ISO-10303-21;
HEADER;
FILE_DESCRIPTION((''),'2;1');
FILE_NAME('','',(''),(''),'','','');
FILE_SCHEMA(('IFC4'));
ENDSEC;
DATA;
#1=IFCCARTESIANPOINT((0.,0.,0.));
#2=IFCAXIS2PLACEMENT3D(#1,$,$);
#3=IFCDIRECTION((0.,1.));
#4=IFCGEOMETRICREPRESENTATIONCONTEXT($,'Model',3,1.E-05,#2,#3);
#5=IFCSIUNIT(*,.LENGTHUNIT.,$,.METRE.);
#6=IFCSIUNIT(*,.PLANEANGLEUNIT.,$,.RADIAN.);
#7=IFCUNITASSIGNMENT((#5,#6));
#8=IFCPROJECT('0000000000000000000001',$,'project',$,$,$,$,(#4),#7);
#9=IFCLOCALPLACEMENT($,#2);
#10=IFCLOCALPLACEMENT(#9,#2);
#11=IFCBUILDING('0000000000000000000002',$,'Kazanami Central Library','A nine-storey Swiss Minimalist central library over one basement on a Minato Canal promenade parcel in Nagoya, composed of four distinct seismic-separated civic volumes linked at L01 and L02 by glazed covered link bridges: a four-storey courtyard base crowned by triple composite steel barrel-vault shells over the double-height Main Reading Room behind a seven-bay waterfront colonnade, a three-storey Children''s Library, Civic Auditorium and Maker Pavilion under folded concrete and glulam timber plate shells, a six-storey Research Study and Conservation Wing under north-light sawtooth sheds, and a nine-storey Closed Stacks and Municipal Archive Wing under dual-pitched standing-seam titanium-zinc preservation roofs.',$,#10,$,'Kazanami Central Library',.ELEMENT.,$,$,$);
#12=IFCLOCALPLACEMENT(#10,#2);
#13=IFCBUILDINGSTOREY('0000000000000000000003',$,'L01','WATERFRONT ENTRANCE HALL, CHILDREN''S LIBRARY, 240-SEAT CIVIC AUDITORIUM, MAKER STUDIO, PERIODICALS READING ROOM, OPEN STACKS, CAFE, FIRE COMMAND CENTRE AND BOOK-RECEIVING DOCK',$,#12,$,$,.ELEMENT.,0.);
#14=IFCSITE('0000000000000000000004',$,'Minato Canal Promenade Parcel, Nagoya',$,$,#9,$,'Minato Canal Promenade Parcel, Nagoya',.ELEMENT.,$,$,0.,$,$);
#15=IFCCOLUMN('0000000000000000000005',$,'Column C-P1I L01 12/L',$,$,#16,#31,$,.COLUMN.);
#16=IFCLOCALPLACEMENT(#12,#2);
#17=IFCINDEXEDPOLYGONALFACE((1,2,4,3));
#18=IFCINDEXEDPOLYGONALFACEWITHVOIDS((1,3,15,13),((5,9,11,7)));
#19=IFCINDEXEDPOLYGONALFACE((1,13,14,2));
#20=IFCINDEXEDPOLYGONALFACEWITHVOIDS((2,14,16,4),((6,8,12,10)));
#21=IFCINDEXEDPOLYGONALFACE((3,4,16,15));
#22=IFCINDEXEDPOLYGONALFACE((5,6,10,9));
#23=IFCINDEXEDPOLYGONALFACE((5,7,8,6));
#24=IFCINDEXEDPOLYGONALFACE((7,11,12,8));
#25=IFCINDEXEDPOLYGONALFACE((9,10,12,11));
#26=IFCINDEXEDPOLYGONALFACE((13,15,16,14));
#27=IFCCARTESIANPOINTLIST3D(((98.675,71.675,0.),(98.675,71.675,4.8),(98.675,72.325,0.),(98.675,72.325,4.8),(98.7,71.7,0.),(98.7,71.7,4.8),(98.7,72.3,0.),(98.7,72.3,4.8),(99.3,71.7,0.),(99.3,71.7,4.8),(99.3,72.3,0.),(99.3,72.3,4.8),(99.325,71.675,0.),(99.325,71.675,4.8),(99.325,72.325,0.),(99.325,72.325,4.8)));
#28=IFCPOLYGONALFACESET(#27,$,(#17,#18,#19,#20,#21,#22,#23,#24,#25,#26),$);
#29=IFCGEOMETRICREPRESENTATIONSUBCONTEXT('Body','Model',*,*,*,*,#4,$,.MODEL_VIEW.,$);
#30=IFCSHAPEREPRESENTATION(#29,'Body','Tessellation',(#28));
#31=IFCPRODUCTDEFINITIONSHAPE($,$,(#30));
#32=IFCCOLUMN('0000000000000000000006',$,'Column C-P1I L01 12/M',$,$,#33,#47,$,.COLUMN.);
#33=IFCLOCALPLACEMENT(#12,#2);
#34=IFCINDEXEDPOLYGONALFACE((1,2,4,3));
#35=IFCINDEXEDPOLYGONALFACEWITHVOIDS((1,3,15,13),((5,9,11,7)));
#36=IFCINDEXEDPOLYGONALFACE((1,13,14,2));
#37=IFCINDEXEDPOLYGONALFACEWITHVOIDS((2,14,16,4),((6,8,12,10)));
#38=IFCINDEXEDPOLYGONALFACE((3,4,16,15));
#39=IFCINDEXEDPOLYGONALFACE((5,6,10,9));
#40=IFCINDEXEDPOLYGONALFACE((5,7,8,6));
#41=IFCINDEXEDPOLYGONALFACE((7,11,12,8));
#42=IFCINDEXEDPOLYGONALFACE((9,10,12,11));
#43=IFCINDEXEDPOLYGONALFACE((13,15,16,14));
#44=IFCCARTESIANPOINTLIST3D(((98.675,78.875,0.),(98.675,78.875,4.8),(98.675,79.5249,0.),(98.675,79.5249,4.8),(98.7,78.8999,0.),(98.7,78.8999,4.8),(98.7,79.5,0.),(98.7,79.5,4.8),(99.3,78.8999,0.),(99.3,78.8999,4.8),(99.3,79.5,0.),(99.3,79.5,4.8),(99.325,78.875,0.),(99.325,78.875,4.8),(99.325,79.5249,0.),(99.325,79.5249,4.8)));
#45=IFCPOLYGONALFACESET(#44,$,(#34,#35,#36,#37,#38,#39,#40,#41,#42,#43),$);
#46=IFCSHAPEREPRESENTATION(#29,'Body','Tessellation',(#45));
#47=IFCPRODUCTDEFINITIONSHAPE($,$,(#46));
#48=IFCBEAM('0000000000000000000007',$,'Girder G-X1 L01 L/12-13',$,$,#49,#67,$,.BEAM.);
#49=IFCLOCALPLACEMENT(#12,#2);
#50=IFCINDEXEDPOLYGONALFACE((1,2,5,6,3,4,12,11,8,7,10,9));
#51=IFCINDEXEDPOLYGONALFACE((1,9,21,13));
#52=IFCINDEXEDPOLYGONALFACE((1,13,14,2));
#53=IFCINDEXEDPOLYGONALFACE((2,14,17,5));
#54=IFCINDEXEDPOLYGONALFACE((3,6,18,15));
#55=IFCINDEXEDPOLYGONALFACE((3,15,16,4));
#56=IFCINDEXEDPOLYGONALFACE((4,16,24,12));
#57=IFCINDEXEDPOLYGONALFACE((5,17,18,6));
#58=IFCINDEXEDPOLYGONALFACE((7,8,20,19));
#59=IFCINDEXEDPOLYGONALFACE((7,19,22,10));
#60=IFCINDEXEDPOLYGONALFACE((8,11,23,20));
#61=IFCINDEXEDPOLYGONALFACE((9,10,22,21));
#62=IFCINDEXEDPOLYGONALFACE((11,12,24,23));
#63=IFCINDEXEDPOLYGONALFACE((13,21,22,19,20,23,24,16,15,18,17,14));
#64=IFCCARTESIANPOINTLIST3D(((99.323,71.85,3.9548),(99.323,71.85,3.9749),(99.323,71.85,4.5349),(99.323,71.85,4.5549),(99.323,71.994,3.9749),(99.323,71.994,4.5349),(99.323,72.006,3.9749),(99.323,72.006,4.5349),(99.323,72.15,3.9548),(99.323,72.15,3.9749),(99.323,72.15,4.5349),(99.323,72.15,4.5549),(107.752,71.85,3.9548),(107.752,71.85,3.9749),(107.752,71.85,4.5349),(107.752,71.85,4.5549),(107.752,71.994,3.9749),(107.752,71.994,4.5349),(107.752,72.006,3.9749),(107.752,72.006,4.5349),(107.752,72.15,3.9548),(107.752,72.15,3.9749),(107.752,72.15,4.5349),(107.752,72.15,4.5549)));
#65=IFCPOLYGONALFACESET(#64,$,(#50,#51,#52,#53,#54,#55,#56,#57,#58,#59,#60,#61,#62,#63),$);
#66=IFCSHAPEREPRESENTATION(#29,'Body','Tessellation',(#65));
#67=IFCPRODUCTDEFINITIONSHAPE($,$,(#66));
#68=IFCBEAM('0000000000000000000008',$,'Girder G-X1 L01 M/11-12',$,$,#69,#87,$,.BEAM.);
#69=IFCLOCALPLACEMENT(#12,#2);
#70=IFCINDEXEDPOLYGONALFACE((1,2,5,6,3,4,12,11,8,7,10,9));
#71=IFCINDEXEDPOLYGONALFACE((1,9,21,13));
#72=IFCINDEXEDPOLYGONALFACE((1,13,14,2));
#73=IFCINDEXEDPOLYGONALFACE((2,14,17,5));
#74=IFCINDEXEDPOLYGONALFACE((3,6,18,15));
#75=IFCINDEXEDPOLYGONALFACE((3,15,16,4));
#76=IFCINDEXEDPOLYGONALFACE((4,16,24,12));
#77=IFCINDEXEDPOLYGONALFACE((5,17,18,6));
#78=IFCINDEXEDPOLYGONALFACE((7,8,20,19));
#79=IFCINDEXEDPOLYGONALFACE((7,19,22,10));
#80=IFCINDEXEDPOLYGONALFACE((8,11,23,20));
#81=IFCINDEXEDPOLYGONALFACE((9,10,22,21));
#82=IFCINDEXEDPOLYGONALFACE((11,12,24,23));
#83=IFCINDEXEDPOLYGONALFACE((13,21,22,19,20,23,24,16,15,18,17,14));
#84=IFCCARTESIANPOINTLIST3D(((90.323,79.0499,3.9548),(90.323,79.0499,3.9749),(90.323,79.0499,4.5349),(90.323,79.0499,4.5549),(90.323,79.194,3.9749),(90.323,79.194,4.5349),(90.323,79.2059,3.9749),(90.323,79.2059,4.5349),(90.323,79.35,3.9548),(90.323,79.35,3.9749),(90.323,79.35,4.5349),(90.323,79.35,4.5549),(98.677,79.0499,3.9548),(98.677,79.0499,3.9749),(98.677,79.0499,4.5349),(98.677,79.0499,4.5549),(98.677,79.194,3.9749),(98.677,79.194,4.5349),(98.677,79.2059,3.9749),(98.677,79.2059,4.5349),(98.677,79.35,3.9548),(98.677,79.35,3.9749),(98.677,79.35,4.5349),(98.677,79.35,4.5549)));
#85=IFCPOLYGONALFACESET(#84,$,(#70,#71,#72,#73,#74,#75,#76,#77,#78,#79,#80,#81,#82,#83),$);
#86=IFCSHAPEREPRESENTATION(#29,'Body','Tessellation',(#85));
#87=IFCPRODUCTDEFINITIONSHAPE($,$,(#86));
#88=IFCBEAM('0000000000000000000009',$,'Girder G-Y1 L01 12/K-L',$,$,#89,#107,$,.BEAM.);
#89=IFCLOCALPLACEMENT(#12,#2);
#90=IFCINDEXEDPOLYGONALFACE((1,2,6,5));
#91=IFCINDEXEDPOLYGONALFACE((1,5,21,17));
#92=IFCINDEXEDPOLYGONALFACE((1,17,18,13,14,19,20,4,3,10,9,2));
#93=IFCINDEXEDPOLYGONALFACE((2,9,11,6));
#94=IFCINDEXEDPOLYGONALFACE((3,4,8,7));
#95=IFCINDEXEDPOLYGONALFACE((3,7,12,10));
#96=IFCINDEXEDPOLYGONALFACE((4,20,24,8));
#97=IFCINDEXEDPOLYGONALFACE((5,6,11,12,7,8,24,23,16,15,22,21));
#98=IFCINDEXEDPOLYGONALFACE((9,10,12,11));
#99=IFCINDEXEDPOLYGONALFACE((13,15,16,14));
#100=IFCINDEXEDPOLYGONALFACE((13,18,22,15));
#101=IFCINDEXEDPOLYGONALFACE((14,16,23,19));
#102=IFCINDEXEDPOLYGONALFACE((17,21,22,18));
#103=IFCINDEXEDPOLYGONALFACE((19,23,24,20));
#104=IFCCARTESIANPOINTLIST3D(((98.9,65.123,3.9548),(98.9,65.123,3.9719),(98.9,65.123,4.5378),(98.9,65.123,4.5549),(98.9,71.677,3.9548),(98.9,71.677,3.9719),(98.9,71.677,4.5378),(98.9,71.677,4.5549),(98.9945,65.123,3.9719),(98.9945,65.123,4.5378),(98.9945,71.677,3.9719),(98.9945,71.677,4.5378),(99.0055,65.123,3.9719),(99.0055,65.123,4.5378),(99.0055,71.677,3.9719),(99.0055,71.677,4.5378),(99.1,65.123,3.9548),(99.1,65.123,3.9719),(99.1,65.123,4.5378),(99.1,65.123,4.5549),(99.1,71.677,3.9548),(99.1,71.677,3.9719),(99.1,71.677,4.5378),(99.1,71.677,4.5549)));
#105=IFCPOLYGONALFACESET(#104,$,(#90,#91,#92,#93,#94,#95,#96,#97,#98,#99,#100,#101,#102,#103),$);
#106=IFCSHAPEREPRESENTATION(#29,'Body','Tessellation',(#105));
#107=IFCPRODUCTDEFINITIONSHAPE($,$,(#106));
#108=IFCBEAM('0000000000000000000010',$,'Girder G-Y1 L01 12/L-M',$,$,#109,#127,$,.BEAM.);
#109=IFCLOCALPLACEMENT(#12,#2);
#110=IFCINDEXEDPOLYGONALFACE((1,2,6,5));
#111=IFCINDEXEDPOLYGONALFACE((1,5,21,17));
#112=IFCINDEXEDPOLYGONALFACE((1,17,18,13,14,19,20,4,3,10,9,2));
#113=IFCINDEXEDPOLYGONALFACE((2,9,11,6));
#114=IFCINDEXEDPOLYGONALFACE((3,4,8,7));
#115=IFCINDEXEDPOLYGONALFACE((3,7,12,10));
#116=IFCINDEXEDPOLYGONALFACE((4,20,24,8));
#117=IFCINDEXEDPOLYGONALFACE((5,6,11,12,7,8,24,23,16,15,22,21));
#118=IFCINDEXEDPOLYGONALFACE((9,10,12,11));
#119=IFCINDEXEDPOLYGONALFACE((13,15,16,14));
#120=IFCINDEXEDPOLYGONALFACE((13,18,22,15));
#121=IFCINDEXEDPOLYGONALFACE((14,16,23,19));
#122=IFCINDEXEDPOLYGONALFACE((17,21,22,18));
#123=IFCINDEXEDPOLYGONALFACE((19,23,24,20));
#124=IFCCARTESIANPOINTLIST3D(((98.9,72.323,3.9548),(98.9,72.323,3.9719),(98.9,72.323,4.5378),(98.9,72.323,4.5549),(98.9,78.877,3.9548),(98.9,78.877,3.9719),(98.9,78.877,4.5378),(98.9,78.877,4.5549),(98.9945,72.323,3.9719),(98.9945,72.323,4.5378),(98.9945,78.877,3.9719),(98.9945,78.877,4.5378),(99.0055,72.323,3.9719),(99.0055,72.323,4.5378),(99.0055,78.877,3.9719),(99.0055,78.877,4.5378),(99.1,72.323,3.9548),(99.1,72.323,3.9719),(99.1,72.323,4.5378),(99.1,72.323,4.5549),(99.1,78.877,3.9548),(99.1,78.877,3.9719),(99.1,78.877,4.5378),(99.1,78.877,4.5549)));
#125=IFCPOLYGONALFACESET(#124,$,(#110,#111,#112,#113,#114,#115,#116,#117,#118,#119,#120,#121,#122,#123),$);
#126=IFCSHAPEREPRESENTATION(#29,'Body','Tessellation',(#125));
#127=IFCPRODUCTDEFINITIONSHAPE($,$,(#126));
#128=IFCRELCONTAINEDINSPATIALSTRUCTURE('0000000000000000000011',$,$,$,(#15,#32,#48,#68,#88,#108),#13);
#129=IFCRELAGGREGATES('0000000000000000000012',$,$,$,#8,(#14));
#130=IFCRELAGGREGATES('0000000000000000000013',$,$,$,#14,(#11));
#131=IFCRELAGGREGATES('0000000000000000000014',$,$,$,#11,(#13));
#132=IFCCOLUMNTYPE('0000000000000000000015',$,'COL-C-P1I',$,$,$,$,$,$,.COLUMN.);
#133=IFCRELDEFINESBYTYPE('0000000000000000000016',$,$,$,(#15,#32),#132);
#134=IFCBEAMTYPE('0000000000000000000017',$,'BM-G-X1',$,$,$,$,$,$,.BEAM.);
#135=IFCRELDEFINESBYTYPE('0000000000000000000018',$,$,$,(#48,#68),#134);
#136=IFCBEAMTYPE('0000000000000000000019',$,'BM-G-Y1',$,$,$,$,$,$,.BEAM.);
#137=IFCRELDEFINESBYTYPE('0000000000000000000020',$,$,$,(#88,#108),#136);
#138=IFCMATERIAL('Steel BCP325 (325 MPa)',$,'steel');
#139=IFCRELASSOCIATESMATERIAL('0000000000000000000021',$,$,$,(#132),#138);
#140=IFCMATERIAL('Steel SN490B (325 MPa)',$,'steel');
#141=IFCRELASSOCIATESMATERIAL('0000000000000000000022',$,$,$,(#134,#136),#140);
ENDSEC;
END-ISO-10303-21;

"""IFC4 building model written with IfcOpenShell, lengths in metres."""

from ifc_helpers import new_model, si_unit, direction, frame, origin, origin_2d, place, context, subcontext, project, spatial, hollow_rectangle, i_section, extrude, material, material_profile, profile_set, type_object, element, save


model = new_model("IFC4")

# Units and contexts
model_context = context("Model", 3, precision=1e-05, world=origin(), true_north=direction((0.0, 1.0)))
body_context = subcontext(model_context, "Body", "Model", "MODEL_VIEW")
ifc_project = project(units=[si_unit("LENGTHUNIT", "METRE"), si_unit("PLANEANGLEUNIT", "RADIAN")], contexts=[model_context])

# Site, building, storey
site_placement = place(None, origin())
site = spatial("IfcSite", under=ifc_project, at=site_placement, Name="Minato Canal Promenade Parcel, Nagoya", LongName="Minato Canal Promenade Parcel, Nagoya", CompositionType="ELEMENT", RefElevation=0.0)
building_placement = place(site_placement, origin())
building = spatial("IfcBuilding", under=site, at=building_placement, Name="Kazanami Central Library", Description="A nine-storey Swiss Minimalist central library over one basement on a Minato Canal promenade parcel in Nagoya, composed of four distinct seismic-separated civic volumes linked at L01 and L02 by glazed covered link bridges: a four-storey courtyard base crowned by triple composite steel barrel-vault shells over the double-height Main Reading Room behind a seven-bay waterfront colonnade, a three-storey Children's Library, Civic Auditorium and Maker Pavilion under folded concrete and glulam timber plate shells, a six-storey Research Study and Conservation Wing under north-light sawtooth sheds, and a nine-storey Closed Stacks and Municipal Archive Wing under dual-pitched standing-seam titanium-zinc preservation roofs.", LongName="Kazanami Central Library", CompositionType="ELEMENT")
storey_placement = place(building_placement, origin())
storey = spatial("IfcBuildingStorey", under=building, at=storey_placement, Name="L01", Description="WATERFRONT ENTRANCE HALL, CHILDREN'S LIBRARY, 240-SEAT CIVIC AUDITORIUM, MAKER STUDIO, PERIODICALS READING ROOM, OPEN STACKS, CAFE, FIRE COMMAND CENTRE AND BOOK-RECEIVING DOCK", CompositionType="ELEMENT", Elevation=0.0)

# Columns
ifc_material_1 = material(Name="Steel BCP325 (325 MPa)", Category="steel")
ifc_material_profile_1 = material_profile(ifc_material_1, hollow_rectangle(XDim=0.6499, YDim=0.6499, WallThickness=0.0249, at=origin_2d()), Name="BCP-650x650x25")
ifc_profile_set_1 = profile_set([ifc_material_profile_1], Name="Steel BCP325 (325 MPa)")
column_type = type_object("IfcColumnType", Name="COL-C-P1I", PredefinedType="COLUMN", material=ifc_profile_set_1)
for number, where, z_axis, x_axis, name in (
    (1, (99.0, 72.0, 0.0), (0.0, 0.0, 1.0), (1.0, 0.0, 0.0), "Column C-P1I L01 12/L"),
    (2, (99.0, 79.2, 0.0), (0.0, 0.0, 1.0), (1.0, 0.0, 0.0), "Column C-P1I L01 12/M"),
):
    element("IfcColumn", number, at=place(storey_placement, frame(where, z_axis=z_axis, x_axis=x_axis)), inside=storey, type_object=column_type, Name=name, PredefinedType="COLUMN", context=body_context, shape_type="SweptSolid", body=[
        extrude(hollow_rectangle(XDim=0.6499, YDim=0.6499, WallThickness=0.0249, at=origin_2d()), origin(), (0.0, 0.0, 1.0), 4.8),
    ])

# Beams
ifc_material_2 = material(Name="Steel SN490B (325 MPa)", Category="steel")
ifc_material_profile_2 = material_profile(ifc_material_2, i_section(OverallWidth=0.3, OverallDepth=0.6001, WebThickness=0.012, FlangeThickness=0.02, at=origin_2d()), Name="H-600x300x12x20")
ifc_profile_set_2 = profile_set([ifc_material_profile_2], Name="Steel SN490B (325 MPa)")
beam_type_1 = type_object("IfcBeamType", Name="BM-G-X1", PredefinedType="BEAM", material=ifc_profile_set_2)
beam_1_placement = place(storey_placement, frame((99.323, 72.0, 4.2549), z_axis=(1.0, 0.0, 0.0), x_axis=(0.0, 1.0, 0.0)))
element("IfcBeam", 3, at=beam_1_placement, inside=storey, type_object=beam_type_1, Name="Girder G-X1 L01 L/12-13", PredefinedType="BEAM", context=body_context, shape_type="SweptSolid", body=[
    extrude(i_section(OverallWidth=0.3, OverallDepth=0.6001, WebThickness=0.012, FlangeThickness=0.02, at=origin_2d()), origin(), (0.0, 0.0, 1.0), 8.429),
])
beam_2_placement = place(storey_placement, frame((90.323, 79.2, 4.2549), z_axis=(1.0, 0.0, 0.0), x_axis=(0.0, 1.0, 0.0)))
element("IfcBeam", 4, at=beam_2_placement, inside=storey, type_object=beam_type_1, Name="Girder G-X1 L01 M/11-12", PredefinedType="BEAM", context=body_context, shape_type="SweptSolid", body=[
    extrude(i_section(OverallWidth=0.3, OverallDepth=0.6001, WebThickness=0.012, FlangeThickness=0.02, at=origin_2d()), origin(), (0.0, 0.0, 1.0), 8.354),
])
ifc_material_profile_3 = material_profile(ifc_material_2, i_section(OverallWidth=0.2, OverallDepth=0.6001, WebThickness=0.011, FlangeThickness=0.0171, at=origin_2d()), Name="H-600x200x11x17")
ifc_profile_set_3 = profile_set([ifc_material_profile_3], Name="Steel SN490B (325 MPa)")
beam_type_2 = type_object("IfcBeamType", Name="BM-G-Y1", PredefinedType="BEAM", material=ifc_profile_set_3)
for number, where, z_axis, x_axis, name in (
    (5, (99.0, 65.123, 4.2549), (0.0, 1.0, 0.0), (-1.0, 0.0, 0.0), "Girder G-Y1 L01 12/K-L"),
    (6, (99.0, 72.323, 4.2549), (0.0, 1.0, 0.0), (-1.0, 0.0, 0.0), "Girder G-Y1 L01 12/L-M"),
):
    element("IfcBeam", number, at=place(storey_placement, frame(where, z_axis=z_axis, x_axis=x_axis)), inside=storey, type_object=beam_type_2, Name=name, PredefinedType="BEAM", context=body_context, shape_type="SweptSolid", body=[
        extrude(i_section(OverallWidth=0.2, OverallDepth=0.6001, WebThickness=0.011, FlangeThickness=0.0171, at=origin_2d()), origin(), (0.0, 0.0, 1.0), 6.554),
    ])

save(model, "model.ifc")
